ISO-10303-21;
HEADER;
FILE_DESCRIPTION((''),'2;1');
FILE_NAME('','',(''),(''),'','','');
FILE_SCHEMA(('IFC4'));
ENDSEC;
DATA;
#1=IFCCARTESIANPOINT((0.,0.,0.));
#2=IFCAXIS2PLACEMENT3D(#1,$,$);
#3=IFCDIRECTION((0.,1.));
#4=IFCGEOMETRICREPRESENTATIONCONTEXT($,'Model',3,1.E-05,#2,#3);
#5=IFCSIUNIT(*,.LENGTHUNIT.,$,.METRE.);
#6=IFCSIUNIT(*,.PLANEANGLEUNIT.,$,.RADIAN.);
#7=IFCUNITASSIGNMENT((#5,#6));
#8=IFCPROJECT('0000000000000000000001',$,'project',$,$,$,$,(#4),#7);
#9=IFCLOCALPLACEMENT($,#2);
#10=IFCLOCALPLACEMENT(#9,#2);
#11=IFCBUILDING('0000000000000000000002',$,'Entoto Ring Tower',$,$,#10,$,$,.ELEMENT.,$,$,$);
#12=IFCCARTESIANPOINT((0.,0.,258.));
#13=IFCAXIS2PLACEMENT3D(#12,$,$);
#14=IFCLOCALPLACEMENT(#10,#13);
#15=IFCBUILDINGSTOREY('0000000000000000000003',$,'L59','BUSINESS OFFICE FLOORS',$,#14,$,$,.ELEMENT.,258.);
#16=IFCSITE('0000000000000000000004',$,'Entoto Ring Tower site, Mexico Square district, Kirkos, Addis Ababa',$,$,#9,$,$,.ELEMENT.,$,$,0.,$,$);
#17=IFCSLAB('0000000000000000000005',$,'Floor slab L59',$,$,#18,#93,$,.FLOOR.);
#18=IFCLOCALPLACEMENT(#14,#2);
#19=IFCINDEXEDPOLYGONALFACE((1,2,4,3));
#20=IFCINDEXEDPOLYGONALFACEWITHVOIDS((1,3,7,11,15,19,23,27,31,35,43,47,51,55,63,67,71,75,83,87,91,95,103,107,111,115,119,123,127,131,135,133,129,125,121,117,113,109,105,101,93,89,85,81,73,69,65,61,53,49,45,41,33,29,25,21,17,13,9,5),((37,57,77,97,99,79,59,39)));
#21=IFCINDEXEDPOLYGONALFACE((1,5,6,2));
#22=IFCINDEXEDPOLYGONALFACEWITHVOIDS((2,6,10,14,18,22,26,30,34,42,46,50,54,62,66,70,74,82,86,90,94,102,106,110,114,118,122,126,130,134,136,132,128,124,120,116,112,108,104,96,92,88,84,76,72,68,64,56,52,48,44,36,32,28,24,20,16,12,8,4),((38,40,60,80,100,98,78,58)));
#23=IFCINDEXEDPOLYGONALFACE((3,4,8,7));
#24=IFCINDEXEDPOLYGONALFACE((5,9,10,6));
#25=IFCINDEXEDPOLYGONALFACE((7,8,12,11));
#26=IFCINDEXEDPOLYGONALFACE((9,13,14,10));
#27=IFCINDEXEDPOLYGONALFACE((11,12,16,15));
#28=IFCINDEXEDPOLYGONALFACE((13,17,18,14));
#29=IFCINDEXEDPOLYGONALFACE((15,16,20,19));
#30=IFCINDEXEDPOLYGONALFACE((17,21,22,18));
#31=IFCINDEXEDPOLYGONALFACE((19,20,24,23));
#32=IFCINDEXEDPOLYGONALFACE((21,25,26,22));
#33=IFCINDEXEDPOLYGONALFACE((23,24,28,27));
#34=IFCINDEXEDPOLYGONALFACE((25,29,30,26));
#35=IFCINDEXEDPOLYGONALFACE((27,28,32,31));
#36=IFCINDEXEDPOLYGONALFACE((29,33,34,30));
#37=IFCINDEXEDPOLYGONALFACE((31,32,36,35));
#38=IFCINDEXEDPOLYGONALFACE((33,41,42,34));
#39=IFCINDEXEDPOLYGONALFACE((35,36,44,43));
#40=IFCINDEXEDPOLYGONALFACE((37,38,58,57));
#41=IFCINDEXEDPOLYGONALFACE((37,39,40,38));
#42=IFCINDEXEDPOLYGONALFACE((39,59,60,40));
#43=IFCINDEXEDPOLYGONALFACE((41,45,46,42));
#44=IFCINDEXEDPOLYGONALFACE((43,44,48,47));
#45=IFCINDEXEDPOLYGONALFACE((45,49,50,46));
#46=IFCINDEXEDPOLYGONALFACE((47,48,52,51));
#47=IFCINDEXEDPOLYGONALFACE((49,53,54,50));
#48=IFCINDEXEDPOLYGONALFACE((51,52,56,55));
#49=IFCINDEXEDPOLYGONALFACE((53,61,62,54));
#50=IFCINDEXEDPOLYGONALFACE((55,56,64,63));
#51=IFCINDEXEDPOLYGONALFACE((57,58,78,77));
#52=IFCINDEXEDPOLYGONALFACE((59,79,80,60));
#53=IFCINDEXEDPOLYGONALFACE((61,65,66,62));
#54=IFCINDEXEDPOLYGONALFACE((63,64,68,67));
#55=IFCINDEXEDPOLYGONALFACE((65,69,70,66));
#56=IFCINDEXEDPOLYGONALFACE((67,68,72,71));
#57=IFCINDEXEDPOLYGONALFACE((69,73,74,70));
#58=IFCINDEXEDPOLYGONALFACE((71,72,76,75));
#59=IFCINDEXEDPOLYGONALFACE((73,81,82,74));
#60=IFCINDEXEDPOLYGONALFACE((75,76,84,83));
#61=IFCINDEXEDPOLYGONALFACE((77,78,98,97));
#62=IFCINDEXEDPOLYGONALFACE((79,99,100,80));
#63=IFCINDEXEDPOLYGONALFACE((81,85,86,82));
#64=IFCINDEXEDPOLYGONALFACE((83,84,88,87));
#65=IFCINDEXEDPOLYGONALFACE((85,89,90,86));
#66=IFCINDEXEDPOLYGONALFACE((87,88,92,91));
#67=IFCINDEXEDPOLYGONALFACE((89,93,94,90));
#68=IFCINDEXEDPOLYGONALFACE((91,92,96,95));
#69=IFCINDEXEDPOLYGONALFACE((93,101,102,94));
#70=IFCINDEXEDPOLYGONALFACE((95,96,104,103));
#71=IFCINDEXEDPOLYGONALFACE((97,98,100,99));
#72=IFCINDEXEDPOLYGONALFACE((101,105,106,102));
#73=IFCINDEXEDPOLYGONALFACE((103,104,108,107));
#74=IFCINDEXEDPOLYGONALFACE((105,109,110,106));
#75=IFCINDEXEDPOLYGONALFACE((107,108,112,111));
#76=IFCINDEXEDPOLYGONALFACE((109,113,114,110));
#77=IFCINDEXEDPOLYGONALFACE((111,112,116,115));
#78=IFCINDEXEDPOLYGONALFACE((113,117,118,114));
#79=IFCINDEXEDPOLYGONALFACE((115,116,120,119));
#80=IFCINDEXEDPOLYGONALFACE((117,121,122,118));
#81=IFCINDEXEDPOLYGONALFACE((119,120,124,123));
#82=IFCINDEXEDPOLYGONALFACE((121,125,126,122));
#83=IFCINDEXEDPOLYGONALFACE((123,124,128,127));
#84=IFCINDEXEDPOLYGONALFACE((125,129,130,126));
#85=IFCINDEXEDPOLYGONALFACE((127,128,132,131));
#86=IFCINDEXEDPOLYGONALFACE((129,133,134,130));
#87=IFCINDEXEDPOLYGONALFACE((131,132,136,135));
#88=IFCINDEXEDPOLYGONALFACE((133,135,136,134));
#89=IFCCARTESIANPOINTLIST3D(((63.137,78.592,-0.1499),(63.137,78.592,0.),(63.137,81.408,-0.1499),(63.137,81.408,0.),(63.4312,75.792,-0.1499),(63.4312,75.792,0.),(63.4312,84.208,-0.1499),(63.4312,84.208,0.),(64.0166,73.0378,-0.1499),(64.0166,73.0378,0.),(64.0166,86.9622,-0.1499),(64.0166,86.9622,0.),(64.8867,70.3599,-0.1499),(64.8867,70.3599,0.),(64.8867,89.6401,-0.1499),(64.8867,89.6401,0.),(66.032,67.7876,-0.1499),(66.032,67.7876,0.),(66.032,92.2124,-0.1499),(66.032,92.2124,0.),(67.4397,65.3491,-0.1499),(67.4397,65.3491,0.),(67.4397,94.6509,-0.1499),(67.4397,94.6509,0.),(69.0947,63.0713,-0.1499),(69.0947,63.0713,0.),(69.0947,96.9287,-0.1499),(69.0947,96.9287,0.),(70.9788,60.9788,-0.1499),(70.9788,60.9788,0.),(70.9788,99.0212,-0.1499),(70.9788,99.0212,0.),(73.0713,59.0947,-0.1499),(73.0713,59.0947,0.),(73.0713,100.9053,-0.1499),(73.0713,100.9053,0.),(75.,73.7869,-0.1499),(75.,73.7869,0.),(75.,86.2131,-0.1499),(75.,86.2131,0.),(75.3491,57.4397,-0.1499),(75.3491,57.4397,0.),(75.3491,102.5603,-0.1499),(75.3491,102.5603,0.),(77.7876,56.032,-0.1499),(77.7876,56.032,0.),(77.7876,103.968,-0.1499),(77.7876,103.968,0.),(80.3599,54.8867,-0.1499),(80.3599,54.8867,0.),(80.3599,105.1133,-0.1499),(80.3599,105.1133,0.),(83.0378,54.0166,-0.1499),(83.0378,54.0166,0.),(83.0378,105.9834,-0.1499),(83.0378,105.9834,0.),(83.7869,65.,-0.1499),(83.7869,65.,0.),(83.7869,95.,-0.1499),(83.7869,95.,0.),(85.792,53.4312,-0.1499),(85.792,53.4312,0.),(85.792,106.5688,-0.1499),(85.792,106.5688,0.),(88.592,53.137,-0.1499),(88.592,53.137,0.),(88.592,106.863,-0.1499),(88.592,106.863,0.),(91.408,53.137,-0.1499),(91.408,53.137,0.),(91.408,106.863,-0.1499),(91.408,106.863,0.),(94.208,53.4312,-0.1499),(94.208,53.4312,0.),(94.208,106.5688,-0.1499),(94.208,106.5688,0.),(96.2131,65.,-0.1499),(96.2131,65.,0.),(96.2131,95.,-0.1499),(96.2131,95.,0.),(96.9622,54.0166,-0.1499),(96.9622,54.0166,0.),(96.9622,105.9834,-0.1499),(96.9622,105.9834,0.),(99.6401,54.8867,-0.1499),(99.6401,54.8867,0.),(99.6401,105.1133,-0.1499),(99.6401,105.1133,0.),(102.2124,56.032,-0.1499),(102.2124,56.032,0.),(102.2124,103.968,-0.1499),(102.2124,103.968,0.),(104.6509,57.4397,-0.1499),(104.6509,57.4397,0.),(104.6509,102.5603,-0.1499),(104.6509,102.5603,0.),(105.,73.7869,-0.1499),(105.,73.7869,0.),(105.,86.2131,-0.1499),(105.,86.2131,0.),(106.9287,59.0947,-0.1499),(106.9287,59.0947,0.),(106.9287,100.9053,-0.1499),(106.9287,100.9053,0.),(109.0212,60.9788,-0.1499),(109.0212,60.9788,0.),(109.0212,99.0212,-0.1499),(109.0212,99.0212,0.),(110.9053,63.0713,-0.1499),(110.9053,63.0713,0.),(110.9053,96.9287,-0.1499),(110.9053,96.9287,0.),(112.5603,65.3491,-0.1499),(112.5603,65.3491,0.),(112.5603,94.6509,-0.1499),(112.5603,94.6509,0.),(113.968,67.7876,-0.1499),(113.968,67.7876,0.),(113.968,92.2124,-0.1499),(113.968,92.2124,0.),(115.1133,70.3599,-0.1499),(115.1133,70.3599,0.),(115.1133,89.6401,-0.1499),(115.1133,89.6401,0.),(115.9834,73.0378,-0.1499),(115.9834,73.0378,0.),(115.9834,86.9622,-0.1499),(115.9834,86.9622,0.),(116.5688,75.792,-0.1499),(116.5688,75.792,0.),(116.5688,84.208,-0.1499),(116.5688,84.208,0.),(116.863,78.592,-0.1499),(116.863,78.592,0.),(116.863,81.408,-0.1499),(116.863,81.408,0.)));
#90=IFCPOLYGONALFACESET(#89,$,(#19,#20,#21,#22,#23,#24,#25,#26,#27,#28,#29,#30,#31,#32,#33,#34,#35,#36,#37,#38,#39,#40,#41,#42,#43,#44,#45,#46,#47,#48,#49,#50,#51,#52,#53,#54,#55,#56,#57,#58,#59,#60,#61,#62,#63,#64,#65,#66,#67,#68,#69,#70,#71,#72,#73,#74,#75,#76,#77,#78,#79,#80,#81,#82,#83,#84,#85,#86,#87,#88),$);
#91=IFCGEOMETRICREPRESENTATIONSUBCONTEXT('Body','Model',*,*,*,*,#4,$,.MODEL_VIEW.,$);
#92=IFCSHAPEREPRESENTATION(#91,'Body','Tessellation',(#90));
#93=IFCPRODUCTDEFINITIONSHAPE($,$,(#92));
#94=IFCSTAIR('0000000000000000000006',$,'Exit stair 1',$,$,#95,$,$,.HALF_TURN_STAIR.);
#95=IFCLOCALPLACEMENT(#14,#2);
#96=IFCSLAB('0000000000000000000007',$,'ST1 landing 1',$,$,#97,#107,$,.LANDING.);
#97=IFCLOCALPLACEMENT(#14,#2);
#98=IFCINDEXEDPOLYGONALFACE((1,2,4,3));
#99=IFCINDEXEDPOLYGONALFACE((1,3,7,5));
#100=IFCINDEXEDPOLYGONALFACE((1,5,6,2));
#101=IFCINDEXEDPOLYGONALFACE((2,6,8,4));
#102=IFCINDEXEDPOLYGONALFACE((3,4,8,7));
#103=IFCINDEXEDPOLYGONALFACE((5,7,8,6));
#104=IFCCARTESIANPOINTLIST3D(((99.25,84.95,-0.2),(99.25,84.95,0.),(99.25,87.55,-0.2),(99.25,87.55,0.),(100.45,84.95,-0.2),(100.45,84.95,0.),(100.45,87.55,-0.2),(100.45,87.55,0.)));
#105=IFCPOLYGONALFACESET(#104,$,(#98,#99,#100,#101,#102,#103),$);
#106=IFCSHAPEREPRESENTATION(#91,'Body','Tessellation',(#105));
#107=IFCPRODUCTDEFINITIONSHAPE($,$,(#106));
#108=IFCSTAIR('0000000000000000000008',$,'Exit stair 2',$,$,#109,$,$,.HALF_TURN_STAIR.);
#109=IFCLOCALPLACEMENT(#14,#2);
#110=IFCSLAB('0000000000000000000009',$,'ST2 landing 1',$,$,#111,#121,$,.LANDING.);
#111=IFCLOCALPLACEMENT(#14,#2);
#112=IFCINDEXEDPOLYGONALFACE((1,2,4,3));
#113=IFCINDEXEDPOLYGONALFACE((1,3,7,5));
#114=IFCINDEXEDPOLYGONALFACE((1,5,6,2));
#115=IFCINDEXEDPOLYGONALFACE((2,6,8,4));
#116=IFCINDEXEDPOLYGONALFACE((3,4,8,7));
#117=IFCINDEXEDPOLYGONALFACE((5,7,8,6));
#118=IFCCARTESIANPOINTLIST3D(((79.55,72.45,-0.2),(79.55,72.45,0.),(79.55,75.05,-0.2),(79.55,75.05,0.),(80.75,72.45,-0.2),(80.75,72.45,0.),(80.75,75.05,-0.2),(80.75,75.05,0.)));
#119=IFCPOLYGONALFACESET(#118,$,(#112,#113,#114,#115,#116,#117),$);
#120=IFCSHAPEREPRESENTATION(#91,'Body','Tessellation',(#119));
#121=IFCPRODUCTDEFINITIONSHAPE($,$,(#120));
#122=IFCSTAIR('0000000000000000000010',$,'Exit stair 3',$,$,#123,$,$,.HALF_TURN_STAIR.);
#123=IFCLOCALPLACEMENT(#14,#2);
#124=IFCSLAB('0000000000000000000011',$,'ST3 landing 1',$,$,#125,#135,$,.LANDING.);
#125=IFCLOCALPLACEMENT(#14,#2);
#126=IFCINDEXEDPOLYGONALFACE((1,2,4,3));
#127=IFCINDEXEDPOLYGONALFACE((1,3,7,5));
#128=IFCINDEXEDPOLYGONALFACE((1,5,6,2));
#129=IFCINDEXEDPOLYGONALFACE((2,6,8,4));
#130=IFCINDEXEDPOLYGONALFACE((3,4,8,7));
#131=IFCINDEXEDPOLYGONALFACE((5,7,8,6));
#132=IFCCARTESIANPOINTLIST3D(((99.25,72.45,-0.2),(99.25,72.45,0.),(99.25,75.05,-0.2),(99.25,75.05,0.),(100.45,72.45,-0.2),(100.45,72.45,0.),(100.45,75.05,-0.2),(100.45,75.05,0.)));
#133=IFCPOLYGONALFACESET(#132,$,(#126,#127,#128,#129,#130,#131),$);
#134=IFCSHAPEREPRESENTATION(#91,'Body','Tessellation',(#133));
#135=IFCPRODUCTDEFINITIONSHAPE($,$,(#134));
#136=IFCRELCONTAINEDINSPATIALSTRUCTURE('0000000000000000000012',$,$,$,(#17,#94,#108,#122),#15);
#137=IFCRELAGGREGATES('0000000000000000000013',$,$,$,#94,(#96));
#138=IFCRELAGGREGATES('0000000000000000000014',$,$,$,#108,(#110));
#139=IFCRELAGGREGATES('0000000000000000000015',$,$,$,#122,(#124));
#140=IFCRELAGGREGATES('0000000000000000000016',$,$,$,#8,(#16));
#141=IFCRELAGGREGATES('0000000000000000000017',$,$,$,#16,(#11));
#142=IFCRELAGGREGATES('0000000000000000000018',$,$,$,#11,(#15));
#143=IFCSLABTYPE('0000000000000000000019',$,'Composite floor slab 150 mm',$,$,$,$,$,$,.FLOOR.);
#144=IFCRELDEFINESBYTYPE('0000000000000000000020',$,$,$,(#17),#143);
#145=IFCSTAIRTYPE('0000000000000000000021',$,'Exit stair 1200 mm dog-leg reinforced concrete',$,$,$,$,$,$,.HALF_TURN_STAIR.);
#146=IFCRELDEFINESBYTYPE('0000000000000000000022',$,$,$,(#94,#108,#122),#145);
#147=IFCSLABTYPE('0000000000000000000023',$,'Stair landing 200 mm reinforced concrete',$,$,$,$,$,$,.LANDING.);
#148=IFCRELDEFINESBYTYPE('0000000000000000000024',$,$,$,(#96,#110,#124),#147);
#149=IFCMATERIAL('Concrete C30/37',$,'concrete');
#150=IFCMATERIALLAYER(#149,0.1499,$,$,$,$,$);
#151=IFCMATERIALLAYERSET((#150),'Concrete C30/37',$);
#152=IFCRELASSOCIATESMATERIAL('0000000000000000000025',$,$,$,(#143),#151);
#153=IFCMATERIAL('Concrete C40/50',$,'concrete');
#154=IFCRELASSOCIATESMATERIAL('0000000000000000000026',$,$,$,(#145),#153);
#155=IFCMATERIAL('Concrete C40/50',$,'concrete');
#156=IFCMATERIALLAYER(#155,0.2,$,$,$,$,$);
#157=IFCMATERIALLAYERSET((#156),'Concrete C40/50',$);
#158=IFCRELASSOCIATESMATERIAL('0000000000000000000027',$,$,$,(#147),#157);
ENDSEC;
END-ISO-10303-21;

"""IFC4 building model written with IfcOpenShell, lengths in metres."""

from ifc_helpers import new_model, si_unit, direction, frame, origin, place, context, subcontext, project, spatial, polyline, outline, extrude, material, layer, layer_set, type_object, element, aggregate, save


model = new_model("IFC4")

# Units and contexts
model_context = context("Model", 3, precision=1e-05, world=origin(), true_north=direction((0.0, 1.0)))
body_context = subcontext(model_context, "Body", "Model", "MODEL_VIEW")
ifc_project = project(units=[si_unit("LENGTHUNIT", "METRE"), si_unit("PLANEANGLEUNIT", "RADIAN")], contexts=[model_context])

# Site, building, storey
site_placement = place(None, origin())
building_placement = place(site_placement, origin())
storey_placement = place(building_placement, frame((0.0, 0.0, 258.0)))
site = spatial("IfcSite", under=ifc_project, at=site_placement, Name="Entoto Ring Tower site, Mexico Square district, Kirkos, Addis Ababa", CompositionType="ELEMENT", RefElevation=0.0)
building = spatial("IfcBuilding", under=site, at=building_placement, Name="Entoto Ring Tower", CompositionType="ELEMENT")
storey = spatial("IfcBuildingStorey", under=building, at=storey_placement, Name="L59", Description="BUSINESS OFFICE FLOORS", CompositionType="ELEMENT", Elevation=258.0)

# Slab
ifc_material_1 = material(Name="Concrete C30/37", Category="concrete")
ifc_layer_1 = layer(ifc_material_1, 0.1499)
ifc_layer_set_1 = layer_set([ifc_layer_1], Name="Concrete C30/37")
slab_type_1 = type_object("IfcSlabType", Name="Composite floor slab 150 mm", PredefinedType="FLOOR", material=ifc_layer_set_1)
slab_1_placement = place(storey_placement, frame((0.0, 0.0, -0.1499)))
element("IfcSlab", 1, at=slab_1_placement, inside=storey, type_object=slab_type_1, Name="Floor slab L59", PredefinedType="FLOOR", context=body_context, shape_type="SweptSolid", body=[
    extrude(outline(polyline([(116.5688, 84.208), (115.9834, 86.9622), (115.1133, 89.6401), (113.968, 92.2124), (112.5603, 94.6509), (110.9053, 96.9287), (109.0212, 99.0212), (106.9287, 100.9053), (104.6509, 102.5603), (102.2124, 103.968), (99.6401, 105.1133), (96.9622, 105.9834), (94.208, 106.5688), (91.408, 106.863), (88.592, 106.863), (85.792, 106.5688), (83.0378, 105.9834), (80.3599, 105.1133), (77.7876, 103.968), (75.3491, 102.5603), (73.0713, 100.9053), (70.9788, 99.0212), (69.0947, 96.9287), (67.4397, 94.6509), (66.032, 92.2124), (64.8867, 89.6401), (64.0166, 86.9622), (63.4312, 84.208), (63.137, 81.408), (63.137, 78.592), (63.4312, 75.792), (64.0166, 73.0378), (64.8867, 70.3599), (66.032, 67.7876), (67.4397, 65.3491), (69.0947, 63.0713), (70.9788, 60.9788), (73.0713, 59.0947), (75.3491, 57.4397), (77.7876, 56.032), (80.3599, 54.8867), (83.0378, 54.0166), (85.792, 53.4312), (88.592, 53.137), (91.408, 53.137), (94.208, 53.4312), (96.9622, 54.0166), (99.6401, 54.8867), (102.2124, 56.032), (104.6509, 57.4397), (106.9287, 59.0947), (109.0212, 60.9788), (110.9053, 63.0713), (112.5603, 65.3491), (113.968, 67.7876), (115.1133, 70.3599), (115.9834, 73.0378), (116.5688, 75.792), (116.863, 78.592), (116.863, 81.408), (116.5688, 84.208)]), holes=[polyline([(105.0, 73.7869), (105.0, 86.2131), (96.2131, 95.0), (83.7869, 95.0), (75.0, 86.2131), (75.0, 73.7869), (83.7869, 65.0), (96.2131, 65.0), (105.0, 73.7869)])]), origin(), (0.0, 0.0, 1.0), 0.1499),
])

# Stairs, slabs
ifc_material_2 = material(Name="Concrete C40/50", Category="concrete")
stair_type = type_object("IfcStairType", Name="Exit stair 1200 mm dog-leg reinforced concrete", PredefinedType="HALF_TURN_STAIR", material=ifc_material_2)
stair_1_placement = place(storey_placement, origin())
stair_1 = element("IfcStair", 2, at=stair_1_placement, inside=storey, type_object=stair_type, Name="Exit stair 1", PredefinedType="HALF_TURN_STAIR")
ifc_material_3 = material(Name="Concrete C40/50", Category="concrete")
ifc_layer_2 = layer(ifc_material_3, 0.2)
ifc_layer_set_2 = layer_set([ifc_layer_2], Name="Concrete C40/50")
slab_type_2 = type_object("IfcSlabType", Name="Stair landing 200 mm reinforced concrete", PredefinedType="LANDING", material=ifc_layer_set_2)
slab_2_placement = place(storey_placement, frame((0.0, 0.0, -0.2)))
slab_2 = element("IfcSlab", 3, at=slab_2_placement, type_object=slab_type_2, Name="ST1 landing 1", PredefinedType="LANDING", context=body_context, shape_type="SweptSolid", body=[
    extrude(outline(polyline([(100.45, 84.95), (100.45, 87.55), (99.25, 87.55), (99.25, 84.95), (100.45, 84.95)])), origin(), (0.0, 0.0, 1.0), 0.2),
])
aggregate(stair_1, [slab_2])
stair_2_placement = place(storey_placement, origin())
stair_2 = element("IfcStair", 4, at=stair_2_placement, inside=storey, type_object=stair_type, Name="Exit stair 2", PredefinedType="HALF_TURN_STAIR")
slab_3_placement = place(storey_placement, frame((0.0, 0.0, -0.2)))
slab_3 = element("IfcSlab", 5, at=slab_3_placement, type_object=slab_type_2, Name="ST2 landing 1", PredefinedType="LANDING", context=body_context, shape_type="SweptSolid", body=[
    extrude(outline(polyline([(80.75, 72.45), (80.75, 75.05), (79.55, 75.05), (79.55, 72.45), (80.75, 72.45)])), origin(), (0.0, 0.0, 1.0), 0.2),
])
aggregate(stair_2, [slab_3])
stair_3_placement = place(storey_placement, origin())
stair_3 = element("IfcStair", 6, at=stair_3_placement, inside=storey, type_object=stair_type, Name="Exit stair 3", PredefinedType="HALF_TURN_STAIR")
slab_4_placement = place(storey_placement, frame((0.0, 0.0, -0.2)))
slab_4 = element("IfcSlab", 7, at=slab_4_placement, type_object=slab_type_2, Name="ST3 landing 1", PredefinedType="LANDING", context=body_context, shape_type="SweptSolid", body=[
    extrude(outline(polyline([(100.45, 72.45), (100.45, 75.05), (99.25, 75.05), (99.25, 72.45), (100.45, 72.45)])), origin(), (0.0, 0.0, 1.0), 0.2),
])
aggregate(stair_3, [slab_4])

save(model, "model.ifc")
